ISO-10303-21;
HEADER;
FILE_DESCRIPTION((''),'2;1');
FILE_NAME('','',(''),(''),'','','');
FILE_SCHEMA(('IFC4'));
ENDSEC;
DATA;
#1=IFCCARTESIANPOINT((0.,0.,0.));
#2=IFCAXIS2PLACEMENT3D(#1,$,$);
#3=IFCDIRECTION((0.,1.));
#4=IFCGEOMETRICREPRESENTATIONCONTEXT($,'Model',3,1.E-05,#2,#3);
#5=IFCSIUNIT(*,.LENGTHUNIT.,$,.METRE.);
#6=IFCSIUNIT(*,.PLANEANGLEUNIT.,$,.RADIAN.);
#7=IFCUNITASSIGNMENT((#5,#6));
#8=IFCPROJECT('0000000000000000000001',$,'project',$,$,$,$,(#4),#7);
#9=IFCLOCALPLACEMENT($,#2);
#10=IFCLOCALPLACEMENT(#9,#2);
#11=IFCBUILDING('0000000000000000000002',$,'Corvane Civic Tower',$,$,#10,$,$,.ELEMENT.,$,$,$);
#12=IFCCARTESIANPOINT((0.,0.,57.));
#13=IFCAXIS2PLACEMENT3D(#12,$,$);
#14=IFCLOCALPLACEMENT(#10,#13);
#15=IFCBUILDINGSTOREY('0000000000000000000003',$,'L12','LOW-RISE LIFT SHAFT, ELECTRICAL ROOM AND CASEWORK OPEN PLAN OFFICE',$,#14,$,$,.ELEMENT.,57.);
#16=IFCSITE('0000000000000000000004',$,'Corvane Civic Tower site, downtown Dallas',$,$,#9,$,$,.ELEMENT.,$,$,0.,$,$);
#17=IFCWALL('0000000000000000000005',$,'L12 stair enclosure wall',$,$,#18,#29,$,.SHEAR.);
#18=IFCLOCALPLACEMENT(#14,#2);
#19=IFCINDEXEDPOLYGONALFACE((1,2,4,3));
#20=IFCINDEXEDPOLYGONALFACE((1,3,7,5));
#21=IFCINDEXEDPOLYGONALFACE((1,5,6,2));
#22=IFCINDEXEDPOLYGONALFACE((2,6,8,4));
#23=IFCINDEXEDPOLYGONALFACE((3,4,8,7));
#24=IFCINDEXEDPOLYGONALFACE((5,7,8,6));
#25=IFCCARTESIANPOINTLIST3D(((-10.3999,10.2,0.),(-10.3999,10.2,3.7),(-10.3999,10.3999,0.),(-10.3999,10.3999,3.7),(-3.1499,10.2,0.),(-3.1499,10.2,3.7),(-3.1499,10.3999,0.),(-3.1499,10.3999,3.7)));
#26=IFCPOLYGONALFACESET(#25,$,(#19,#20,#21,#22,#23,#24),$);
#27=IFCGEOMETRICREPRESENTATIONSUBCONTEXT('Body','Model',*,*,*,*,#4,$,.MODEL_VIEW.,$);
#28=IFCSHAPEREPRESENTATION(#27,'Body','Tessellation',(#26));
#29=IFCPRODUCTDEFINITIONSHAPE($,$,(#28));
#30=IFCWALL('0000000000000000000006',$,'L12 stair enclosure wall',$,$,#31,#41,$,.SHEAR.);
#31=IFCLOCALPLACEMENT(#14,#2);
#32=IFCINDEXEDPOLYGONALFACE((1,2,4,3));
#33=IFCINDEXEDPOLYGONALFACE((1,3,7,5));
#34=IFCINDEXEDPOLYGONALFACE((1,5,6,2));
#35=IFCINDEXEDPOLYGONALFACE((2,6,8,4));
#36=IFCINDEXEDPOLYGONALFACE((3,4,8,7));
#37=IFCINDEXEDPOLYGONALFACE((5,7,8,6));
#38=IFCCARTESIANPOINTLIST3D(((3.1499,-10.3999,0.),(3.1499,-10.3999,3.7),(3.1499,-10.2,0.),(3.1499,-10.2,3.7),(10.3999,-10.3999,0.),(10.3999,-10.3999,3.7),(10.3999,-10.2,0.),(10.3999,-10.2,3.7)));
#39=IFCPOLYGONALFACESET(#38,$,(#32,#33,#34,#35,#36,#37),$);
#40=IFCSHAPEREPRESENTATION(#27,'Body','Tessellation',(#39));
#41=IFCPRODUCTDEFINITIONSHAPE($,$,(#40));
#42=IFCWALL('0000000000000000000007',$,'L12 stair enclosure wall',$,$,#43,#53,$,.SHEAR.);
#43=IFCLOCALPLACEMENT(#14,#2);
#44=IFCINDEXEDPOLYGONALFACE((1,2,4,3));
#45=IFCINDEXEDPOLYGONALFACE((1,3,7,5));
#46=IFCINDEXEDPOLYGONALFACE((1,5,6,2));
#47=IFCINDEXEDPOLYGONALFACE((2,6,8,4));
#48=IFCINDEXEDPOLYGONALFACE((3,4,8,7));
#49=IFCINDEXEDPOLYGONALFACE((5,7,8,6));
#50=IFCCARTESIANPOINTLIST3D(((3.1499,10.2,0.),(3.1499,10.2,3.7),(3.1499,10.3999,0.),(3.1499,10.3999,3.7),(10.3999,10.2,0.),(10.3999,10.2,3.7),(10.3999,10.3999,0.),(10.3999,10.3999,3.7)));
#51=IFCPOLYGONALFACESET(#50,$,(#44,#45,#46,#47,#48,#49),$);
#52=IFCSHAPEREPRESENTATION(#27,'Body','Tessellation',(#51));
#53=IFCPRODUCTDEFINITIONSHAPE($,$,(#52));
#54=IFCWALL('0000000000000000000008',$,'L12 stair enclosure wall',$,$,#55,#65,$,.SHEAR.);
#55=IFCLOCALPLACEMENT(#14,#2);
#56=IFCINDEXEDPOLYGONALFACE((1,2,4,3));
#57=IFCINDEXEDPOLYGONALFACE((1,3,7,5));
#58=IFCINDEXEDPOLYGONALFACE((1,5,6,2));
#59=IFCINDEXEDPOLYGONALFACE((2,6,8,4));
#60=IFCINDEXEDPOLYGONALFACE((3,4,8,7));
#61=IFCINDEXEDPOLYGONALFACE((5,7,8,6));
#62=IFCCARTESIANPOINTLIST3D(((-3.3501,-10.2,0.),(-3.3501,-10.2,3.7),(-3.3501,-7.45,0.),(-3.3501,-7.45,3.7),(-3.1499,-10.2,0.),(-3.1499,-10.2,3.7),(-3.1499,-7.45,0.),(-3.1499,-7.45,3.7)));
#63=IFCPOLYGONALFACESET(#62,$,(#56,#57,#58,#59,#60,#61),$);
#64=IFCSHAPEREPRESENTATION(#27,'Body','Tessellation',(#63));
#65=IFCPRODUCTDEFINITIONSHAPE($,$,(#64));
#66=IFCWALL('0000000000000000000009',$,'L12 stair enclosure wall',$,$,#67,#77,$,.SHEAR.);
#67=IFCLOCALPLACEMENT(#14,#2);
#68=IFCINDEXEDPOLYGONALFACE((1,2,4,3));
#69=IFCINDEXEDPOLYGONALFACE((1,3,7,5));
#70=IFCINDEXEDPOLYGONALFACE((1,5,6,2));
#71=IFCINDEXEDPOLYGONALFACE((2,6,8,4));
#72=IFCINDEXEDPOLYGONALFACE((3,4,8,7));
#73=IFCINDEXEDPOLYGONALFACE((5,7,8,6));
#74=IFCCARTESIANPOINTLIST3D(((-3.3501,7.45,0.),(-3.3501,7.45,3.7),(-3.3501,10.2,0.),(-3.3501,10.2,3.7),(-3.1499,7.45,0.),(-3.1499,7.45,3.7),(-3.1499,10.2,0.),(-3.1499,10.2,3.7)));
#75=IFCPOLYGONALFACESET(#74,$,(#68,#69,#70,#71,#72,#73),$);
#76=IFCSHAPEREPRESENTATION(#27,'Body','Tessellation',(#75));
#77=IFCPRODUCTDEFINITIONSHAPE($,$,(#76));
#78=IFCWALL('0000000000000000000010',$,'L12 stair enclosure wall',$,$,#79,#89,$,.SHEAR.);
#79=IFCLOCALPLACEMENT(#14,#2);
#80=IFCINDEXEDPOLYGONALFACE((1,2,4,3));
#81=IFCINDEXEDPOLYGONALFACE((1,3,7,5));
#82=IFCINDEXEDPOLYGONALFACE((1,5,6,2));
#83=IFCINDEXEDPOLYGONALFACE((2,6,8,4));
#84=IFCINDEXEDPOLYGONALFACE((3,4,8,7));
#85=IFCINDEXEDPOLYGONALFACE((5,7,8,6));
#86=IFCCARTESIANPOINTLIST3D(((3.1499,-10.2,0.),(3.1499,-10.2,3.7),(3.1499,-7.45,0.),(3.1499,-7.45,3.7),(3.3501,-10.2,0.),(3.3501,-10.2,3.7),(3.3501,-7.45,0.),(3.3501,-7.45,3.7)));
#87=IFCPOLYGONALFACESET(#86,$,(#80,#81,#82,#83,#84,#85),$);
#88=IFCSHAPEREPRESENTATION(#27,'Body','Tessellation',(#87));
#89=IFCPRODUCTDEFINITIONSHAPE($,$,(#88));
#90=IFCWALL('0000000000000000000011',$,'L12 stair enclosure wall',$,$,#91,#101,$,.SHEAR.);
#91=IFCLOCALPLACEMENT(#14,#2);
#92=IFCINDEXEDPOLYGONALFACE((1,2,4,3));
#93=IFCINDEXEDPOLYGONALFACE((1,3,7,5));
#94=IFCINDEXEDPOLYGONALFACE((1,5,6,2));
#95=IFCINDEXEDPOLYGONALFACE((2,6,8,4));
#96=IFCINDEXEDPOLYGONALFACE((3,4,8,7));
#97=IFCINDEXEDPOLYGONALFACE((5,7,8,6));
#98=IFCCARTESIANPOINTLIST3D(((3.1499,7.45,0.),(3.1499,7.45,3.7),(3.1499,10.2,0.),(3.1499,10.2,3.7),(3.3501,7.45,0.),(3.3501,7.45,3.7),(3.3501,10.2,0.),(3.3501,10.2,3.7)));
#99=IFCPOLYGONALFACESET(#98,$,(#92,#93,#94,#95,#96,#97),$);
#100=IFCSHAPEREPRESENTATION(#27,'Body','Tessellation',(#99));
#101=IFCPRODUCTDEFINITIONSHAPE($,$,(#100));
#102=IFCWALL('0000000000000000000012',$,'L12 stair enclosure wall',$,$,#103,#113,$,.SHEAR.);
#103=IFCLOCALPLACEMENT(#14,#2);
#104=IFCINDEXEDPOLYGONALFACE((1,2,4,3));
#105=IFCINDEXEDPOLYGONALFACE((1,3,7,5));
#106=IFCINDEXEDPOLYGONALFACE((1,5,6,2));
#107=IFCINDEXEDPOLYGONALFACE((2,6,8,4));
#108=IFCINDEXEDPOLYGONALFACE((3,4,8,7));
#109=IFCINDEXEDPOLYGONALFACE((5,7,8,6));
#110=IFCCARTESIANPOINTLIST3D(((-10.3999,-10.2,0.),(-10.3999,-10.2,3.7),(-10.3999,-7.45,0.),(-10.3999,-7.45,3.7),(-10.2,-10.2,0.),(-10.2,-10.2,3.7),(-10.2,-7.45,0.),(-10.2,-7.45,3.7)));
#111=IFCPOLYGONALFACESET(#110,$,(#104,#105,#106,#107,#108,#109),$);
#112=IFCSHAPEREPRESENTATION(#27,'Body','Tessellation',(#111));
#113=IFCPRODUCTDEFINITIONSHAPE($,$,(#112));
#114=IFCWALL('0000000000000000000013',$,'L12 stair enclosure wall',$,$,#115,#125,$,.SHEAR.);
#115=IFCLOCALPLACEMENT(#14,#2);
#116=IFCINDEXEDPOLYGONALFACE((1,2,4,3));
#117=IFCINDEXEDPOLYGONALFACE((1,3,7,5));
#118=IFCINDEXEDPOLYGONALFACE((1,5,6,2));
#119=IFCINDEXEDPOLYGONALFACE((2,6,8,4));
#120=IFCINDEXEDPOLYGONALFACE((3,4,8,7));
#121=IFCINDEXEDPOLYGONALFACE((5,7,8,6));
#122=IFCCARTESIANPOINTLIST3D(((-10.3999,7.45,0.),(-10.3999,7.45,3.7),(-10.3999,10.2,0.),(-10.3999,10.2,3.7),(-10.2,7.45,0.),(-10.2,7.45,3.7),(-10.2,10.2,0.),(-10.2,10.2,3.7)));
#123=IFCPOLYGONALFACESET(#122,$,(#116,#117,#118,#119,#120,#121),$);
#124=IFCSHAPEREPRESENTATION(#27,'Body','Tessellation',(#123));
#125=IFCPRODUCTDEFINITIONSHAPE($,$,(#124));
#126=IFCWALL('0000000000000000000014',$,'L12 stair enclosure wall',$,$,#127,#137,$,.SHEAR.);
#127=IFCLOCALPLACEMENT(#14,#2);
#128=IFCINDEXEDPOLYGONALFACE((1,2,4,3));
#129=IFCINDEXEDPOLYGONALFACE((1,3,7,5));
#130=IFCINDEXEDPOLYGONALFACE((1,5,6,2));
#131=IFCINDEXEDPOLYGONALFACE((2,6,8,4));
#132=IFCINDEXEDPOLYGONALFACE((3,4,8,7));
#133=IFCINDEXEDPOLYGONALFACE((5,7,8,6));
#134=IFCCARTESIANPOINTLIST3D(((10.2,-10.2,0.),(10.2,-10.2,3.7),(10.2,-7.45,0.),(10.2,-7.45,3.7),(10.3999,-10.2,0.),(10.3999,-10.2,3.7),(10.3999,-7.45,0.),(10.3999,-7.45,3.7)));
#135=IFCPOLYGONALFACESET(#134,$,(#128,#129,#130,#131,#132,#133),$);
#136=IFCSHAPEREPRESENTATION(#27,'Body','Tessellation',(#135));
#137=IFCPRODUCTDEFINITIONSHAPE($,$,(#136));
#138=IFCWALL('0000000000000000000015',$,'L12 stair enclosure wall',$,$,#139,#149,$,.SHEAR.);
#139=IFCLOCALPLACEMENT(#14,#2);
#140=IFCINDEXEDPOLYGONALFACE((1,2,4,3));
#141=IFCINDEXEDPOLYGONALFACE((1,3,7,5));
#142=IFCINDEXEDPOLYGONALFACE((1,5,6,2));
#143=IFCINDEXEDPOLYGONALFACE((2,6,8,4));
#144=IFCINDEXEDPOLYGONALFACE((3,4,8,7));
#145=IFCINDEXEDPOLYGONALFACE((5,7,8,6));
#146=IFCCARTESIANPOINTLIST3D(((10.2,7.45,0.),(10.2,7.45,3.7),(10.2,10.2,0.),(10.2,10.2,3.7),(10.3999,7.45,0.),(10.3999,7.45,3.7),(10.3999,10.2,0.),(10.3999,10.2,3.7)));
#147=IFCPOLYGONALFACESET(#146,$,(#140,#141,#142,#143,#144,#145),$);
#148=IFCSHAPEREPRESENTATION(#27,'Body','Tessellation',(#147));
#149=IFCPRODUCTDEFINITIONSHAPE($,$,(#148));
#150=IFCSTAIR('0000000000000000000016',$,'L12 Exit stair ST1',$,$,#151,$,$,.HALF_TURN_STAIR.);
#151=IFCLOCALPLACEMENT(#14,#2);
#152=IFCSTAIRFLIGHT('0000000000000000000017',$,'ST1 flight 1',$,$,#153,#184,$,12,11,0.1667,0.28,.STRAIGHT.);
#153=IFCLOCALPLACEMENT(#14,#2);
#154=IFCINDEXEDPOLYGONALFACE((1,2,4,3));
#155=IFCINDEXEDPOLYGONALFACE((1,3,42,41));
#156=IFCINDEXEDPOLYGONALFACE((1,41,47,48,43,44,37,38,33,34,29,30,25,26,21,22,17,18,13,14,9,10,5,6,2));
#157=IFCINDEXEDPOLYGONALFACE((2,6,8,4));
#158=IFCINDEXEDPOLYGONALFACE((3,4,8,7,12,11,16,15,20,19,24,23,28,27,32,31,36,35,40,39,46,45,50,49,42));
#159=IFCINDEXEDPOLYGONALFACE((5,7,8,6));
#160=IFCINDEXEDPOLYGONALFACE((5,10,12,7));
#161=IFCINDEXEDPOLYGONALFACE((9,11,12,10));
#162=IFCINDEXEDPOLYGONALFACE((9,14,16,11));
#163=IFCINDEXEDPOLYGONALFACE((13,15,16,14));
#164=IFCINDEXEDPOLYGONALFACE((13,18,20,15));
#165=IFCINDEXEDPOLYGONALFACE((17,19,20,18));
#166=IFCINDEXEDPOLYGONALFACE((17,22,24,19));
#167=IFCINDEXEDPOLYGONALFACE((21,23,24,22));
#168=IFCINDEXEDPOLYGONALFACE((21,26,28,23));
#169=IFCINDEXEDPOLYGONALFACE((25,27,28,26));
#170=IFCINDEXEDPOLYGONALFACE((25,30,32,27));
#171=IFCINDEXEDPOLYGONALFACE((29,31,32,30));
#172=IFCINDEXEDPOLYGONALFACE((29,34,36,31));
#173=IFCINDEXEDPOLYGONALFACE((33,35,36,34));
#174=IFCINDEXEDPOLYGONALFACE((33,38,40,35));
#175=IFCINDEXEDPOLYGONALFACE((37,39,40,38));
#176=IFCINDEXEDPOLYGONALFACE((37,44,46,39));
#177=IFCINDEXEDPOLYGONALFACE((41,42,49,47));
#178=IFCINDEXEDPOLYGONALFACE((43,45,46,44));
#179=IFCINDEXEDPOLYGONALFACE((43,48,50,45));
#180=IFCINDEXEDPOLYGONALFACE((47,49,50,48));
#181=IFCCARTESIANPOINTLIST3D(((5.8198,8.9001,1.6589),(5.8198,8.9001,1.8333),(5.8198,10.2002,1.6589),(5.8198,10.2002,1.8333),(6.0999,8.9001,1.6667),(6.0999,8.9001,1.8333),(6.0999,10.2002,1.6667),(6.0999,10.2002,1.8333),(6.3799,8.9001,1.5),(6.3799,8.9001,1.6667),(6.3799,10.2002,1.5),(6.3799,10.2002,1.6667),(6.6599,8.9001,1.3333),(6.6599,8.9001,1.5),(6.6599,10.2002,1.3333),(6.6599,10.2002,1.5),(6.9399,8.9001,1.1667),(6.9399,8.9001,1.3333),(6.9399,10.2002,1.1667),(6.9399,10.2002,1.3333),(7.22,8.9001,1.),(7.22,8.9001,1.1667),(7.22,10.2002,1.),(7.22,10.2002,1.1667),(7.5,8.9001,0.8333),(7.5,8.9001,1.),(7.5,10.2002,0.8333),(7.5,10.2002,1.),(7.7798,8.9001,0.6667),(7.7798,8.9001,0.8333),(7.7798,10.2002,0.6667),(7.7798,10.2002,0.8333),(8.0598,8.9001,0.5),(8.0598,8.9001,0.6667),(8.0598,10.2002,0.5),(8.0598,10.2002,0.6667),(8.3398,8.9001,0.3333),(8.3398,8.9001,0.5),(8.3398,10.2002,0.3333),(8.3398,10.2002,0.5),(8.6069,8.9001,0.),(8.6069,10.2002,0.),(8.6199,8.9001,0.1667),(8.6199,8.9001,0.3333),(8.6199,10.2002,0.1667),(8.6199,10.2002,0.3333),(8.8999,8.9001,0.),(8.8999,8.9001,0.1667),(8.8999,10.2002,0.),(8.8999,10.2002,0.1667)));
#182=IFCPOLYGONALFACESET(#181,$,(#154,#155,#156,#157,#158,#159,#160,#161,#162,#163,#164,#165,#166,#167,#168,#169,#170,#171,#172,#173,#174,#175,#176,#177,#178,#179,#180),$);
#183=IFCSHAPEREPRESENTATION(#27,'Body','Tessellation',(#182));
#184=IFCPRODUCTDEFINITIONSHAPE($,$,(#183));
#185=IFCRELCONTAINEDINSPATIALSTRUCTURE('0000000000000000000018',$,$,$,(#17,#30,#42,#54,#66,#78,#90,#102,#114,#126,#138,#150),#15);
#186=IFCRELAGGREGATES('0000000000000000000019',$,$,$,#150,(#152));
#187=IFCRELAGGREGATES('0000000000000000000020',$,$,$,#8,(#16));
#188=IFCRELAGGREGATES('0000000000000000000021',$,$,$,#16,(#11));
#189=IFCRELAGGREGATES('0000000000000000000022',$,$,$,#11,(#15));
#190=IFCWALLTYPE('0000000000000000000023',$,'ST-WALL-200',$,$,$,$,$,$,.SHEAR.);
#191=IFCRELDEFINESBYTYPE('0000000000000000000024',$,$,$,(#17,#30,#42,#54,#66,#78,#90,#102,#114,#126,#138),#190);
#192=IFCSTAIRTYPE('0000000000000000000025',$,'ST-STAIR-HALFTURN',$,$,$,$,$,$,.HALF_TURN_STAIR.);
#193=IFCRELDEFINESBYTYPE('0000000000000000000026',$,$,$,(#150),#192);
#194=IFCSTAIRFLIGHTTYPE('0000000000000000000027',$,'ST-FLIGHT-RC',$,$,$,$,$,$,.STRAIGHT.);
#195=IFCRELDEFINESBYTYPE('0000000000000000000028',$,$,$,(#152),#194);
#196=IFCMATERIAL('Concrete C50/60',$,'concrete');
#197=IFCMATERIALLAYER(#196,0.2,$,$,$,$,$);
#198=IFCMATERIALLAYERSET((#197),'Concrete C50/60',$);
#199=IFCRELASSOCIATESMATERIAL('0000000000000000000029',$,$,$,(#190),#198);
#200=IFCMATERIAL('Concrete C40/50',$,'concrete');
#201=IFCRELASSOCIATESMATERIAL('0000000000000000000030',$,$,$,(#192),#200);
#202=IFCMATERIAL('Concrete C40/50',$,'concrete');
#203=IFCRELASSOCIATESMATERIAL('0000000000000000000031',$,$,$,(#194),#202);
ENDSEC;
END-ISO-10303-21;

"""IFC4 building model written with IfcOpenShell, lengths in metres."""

from ifc_helpers import new_model, si_unit, direction, frame, origin, place, context, subcontext, project, spatial, polyline, outline, extrude, material, layer, layer_set, type_object, element, aggregate, save


model = new_model("IFC4")

# Units and contexts
model_context = context("Model", 3, precision=1e-05, world=origin(), true_north=direction((0.0, 1.0)))
body_context = subcontext(model_context, "Body", "Model", "MODEL_VIEW")
ifc_project = project(units=[si_unit("LENGTHUNIT", "METRE"), si_unit("PLANEANGLEUNIT", "RADIAN")], contexts=[model_context])

# Site, building, storey
site_placement = place(None, origin())
site = spatial("IfcSite", under=ifc_project, at=site_placement, Name="Corvane Civic Tower site, downtown Dallas", CompositionType="ELEMENT", RefElevation=0.0)
building_placement = place(site_placement, origin())
building = spatial("IfcBuilding", under=site, at=building_placement, Name="Corvane Civic Tower", CompositionType="ELEMENT")
storey_placement = place(building_placement, frame((0.0, 0.0, 57.0)))
storey = spatial("IfcBuildingStorey", under=building, at=storey_placement, Name="L12", Description="LOW-RISE LIFT SHAFT, ELECTRICAL ROOM AND CASEWORK OPEN PLAN OFFICE", CompositionType="ELEMENT", Elevation=57.0)

# Shared definitions
ifc_material_1 = material(Name="Concrete C50/60", Category="concrete")
ifc_layer_1 = layer(ifc_material_1, 0.2)
ifc_layer_set_1 = layer_set([ifc_layer_1], Name="Concrete C50/60")
wall_type_1 = type_object("IfcWallType", Name="ST-WALL-200", PredefinedType="SHEAR", material=ifc_layer_set_1)

# Walls
wall_1_placement = place(storey_placement, origin())
element("IfcWall", 1, at=wall_1_placement, inside=storey, type_object=wall_type_1, Name="L12 stair enclosure wall", PredefinedType="SHEAR", context=body_context, shape_type="SweptSolid", body=[
    extrude(outline(polyline([(-3.1499, 10.2), (-10.3999, 10.2), (-10.3999, 10.3999), (-3.1499, 10.3999), (-3.1499, 10.2)])), origin(), (0.0, 0.0, 1.0), 3.7),
])
wall_2_placement = place(storey_placement, origin())
element("IfcWall", 2, at=wall_2_placement, inside=storey, type_object=wall_type_1, Name="L12 stair enclosure wall", PredefinedType="SHEAR", context=body_context, shape_type="SweptSolid", body=[
    extrude(outline(polyline([(10.3999, -10.3999), (3.1499, -10.3999), (3.1499, -10.2), (10.3999, -10.2), (10.3999, -10.3999)])), origin(), (0.0, 0.0, 1.0), 3.7),
])
wall_3_placement = place(storey_placement, origin())
element("IfcWall", 3, at=wall_3_placement, inside=storey, type_object=wall_type_1, Name="L12 stair enclosure wall", PredefinedType="SHEAR", context=body_context, shape_type="SweptSolid", body=[
    extrude(outline(polyline([(10.3999, 10.2), (3.1499, 10.2), (3.1499, 10.3999), (10.3999, 10.3999), (10.3999, 10.2)])), origin(), (0.0, 0.0, 1.0), 3.7),
])
wall_4_placement = place(storey_placement, origin())
element("IfcWall", 4, at=wall_4_placement, inside=storey, type_object=wall_type_1, Name="L12 stair enclosure wall", PredefinedType="SHEAR", context=body_context, shape_type="SweptSolid", body=[
    extrude(outline(polyline([(-3.1499, -7.45), (-3.1499, -10.2), (-3.3501, -10.2), (-3.3501, -7.45), (-3.1499, -7.45)])), origin(), (0.0, 0.0, 1.0), 3.7),
])
wall_5_placement = place(storey_placement, origin())
element("IfcWall", 5, at=wall_5_placement, inside=storey, type_object=wall_type_1, Name="L12 stair enclosure wall", PredefinedType="SHEAR", context=body_context, shape_type="SweptSolid", body=[
    extrude(outline(polyline([(-3.1499, 7.45), (-3.3501, 7.45), (-3.3501, 10.2), (-3.1499, 10.2), (-3.1499, 7.45)])), origin(), (0.0, 0.0, 1.0), 3.7),
])
wall_6_placement = place(storey_placement, origin())
element("IfcWall", 6, at=wall_6_placement, inside=storey, type_object=wall_type_1, Name="L12 stair enclosure wall", PredefinedType="SHEAR", context=body_context, shape_type="SweptSolid", body=[
    extrude(outline(polyline([(3.3501, -7.45), (3.3501, -10.2), (3.1499, -10.2), (3.1499, -7.45), (3.3501, -7.45)])), origin(), (0.0, 0.0, 1.0), 3.7),
])
wall_7_placement = place(storey_placement, origin())
element("IfcWall", 7, at=wall_7_placement, inside=storey, type_object=wall_type_1, Name="L12 stair enclosure wall", PredefinedType="SHEAR", context=body_context, shape_type="SweptSolid", body=[
    extrude(outline(polyline([(3.3501, 7.45), (3.1499, 7.45), (3.1499, 10.2), (3.3501, 10.2), (3.3501, 7.45)])), origin(), (0.0, 0.0, 1.0), 3.7),
])
wall_8_placement = place(storey_placement, origin())
element("IfcWall", 8, at=wall_8_placement, inside=storey, type_object=wall_type_1, Name="L12 stair enclosure wall", PredefinedType="SHEAR", context=body_context, shape_type="SweptSolid", body=[
    extrude(outline(polyline([(-10.2, -7.45), (-10.2, -10.2), (-10.3999, -10.2), (-10.3999, -7.45), (-10.2, -7.45)])), origin(), (0.0, 0.0, 1.0), 3.7),
])
wall_9_placement = place(storey_placement, origin())
element("IfcWall", 9, at=wall_9_placement, inside=storey, type_object=wall_type_1, Name="L12 stair enclosure wall", PredefinedType="SHEAR", context=body_context, shape_type="SweptSolid", body=[
    extrude(outline(polyline([(-10.2, 7.45), (-10.3999, 7.45), (-10.3999, 10.2), (-10.2, 10.2), (-10.2, 7.45)])), origin(), (0.0, 0.0, 1.0), 3.7),
])
wall_10_placement = place(storey_placement, origin())
element("IfcWall", 10, at=wall_10_placement, inside=storey, type_object=wall_type_1, Name="L12 stair enclosure wall", PredefinedType="SHEAR", context=body_context, shape_type="SweptSolid", body=[
    extrude(outline(polyline([(10.3999, -7.45), (10.3999, -10.2), (10.2, -10.2), (10.2, -7.45), (10.3999, -7.45)])), origin(), (0.0, 0.0, 1.0), 3.7),
])
wall_11_placement = place(storey_placement, origin())
element("IfcWall", 11, at=wall_11_placement, inside=storey, type_object=wall_type_1, Name="L12 stair enclosure wall", PredefinedType="SHEAR", context=body_context, shape_type="SweptSolid", body=[
    extrude(outline(polyline([(10.3999, 7.45), (10.2, 7.45), (10.2, 10.2), (10.3999, 10.2), (10.3999, 7.45)])), origin(), (0.0, 0.0, 1.0), 3.7),
])

# Stair, stair flight
ifc_material_2 = material(Name="Concrete C40/50", Category="concrete")
stair_type = type_object("IfcStairType", Name="ST-STAIR-HALFTURN", PredefinedType="HALF_TURN_STAIR", material=ifc_material_2)
stair_placement = place(storey_placement, origin())
stair = element("IfcStair", 12, at=stair_placement, inside=storey, type_object=stair_type, Name="L12 Exit stair ST1", PredefinedType="HALF_TURN_STAIR")
ifc_material_3 = material(Name="Concrete C40/50", Category="concrete")
stair_flight_type = type_object("IfcStairFlightType", Name="ST-FLIGHT-RC", PredefinedType="STRAIGHT", material=ifc_material_3)
stair_flight_1_placement = place(storey_placement, frame((8.8999, 9.55, 0.0), z_axis=(0.0, 0.0, 1.0), x_axis=(-1.0, 0.0, 0.0)))
stair_flight_1 = element("IfcStairFlight", 13, at=stair_flight_1_placement, type_object=stair_flight_type, Name="ST1 flight 1", NumberOfRisers=12, NumberOfTreads=11, PredefinedType="STRAIGHT", RiserHeight=0.1667, TreadLength=0.28, context=body_context, shape_type="SweptSolid", body=[
    extrude(outline(polyline([(0.0, 0.0), (0.0, 0.1667), (0.28, 0.1667), (0.28, 0.3333), (0.5601, 0.3333), (0.5601, 0.5), (0.8401, 0.5), (0.8401, 0.6667), (1.1201, 0.6667), (1.1201, 0.8333), (1.3999, 0.8333), (1.3999, 1.0), (1.6799, 1.0), (1.6799, 1.1667), (1.96, 1.1667), (1.96, 1.3333), (2.24, 1.3333), (2.24, 1.5), (2.52, 1.5), (2.52, 1.6667), (2.8, 1.6667), (2.8, 1.8333), (3.0801, 1.8333), (3.0801, 2.0), (3.0801, 1.6589), (0.293, 0.0), (0.0, 0.0)])), frame((0.0, 0.6499, 0.0), z_axis=(0.0, -1.0, 0.0), x_axis=(1.0, 0.0, 0.0)), (0.0, 0.0, 1.0), 1.3),
])
aggregate(stair, [stair_flight_1])

save(model, "model.ifc")
